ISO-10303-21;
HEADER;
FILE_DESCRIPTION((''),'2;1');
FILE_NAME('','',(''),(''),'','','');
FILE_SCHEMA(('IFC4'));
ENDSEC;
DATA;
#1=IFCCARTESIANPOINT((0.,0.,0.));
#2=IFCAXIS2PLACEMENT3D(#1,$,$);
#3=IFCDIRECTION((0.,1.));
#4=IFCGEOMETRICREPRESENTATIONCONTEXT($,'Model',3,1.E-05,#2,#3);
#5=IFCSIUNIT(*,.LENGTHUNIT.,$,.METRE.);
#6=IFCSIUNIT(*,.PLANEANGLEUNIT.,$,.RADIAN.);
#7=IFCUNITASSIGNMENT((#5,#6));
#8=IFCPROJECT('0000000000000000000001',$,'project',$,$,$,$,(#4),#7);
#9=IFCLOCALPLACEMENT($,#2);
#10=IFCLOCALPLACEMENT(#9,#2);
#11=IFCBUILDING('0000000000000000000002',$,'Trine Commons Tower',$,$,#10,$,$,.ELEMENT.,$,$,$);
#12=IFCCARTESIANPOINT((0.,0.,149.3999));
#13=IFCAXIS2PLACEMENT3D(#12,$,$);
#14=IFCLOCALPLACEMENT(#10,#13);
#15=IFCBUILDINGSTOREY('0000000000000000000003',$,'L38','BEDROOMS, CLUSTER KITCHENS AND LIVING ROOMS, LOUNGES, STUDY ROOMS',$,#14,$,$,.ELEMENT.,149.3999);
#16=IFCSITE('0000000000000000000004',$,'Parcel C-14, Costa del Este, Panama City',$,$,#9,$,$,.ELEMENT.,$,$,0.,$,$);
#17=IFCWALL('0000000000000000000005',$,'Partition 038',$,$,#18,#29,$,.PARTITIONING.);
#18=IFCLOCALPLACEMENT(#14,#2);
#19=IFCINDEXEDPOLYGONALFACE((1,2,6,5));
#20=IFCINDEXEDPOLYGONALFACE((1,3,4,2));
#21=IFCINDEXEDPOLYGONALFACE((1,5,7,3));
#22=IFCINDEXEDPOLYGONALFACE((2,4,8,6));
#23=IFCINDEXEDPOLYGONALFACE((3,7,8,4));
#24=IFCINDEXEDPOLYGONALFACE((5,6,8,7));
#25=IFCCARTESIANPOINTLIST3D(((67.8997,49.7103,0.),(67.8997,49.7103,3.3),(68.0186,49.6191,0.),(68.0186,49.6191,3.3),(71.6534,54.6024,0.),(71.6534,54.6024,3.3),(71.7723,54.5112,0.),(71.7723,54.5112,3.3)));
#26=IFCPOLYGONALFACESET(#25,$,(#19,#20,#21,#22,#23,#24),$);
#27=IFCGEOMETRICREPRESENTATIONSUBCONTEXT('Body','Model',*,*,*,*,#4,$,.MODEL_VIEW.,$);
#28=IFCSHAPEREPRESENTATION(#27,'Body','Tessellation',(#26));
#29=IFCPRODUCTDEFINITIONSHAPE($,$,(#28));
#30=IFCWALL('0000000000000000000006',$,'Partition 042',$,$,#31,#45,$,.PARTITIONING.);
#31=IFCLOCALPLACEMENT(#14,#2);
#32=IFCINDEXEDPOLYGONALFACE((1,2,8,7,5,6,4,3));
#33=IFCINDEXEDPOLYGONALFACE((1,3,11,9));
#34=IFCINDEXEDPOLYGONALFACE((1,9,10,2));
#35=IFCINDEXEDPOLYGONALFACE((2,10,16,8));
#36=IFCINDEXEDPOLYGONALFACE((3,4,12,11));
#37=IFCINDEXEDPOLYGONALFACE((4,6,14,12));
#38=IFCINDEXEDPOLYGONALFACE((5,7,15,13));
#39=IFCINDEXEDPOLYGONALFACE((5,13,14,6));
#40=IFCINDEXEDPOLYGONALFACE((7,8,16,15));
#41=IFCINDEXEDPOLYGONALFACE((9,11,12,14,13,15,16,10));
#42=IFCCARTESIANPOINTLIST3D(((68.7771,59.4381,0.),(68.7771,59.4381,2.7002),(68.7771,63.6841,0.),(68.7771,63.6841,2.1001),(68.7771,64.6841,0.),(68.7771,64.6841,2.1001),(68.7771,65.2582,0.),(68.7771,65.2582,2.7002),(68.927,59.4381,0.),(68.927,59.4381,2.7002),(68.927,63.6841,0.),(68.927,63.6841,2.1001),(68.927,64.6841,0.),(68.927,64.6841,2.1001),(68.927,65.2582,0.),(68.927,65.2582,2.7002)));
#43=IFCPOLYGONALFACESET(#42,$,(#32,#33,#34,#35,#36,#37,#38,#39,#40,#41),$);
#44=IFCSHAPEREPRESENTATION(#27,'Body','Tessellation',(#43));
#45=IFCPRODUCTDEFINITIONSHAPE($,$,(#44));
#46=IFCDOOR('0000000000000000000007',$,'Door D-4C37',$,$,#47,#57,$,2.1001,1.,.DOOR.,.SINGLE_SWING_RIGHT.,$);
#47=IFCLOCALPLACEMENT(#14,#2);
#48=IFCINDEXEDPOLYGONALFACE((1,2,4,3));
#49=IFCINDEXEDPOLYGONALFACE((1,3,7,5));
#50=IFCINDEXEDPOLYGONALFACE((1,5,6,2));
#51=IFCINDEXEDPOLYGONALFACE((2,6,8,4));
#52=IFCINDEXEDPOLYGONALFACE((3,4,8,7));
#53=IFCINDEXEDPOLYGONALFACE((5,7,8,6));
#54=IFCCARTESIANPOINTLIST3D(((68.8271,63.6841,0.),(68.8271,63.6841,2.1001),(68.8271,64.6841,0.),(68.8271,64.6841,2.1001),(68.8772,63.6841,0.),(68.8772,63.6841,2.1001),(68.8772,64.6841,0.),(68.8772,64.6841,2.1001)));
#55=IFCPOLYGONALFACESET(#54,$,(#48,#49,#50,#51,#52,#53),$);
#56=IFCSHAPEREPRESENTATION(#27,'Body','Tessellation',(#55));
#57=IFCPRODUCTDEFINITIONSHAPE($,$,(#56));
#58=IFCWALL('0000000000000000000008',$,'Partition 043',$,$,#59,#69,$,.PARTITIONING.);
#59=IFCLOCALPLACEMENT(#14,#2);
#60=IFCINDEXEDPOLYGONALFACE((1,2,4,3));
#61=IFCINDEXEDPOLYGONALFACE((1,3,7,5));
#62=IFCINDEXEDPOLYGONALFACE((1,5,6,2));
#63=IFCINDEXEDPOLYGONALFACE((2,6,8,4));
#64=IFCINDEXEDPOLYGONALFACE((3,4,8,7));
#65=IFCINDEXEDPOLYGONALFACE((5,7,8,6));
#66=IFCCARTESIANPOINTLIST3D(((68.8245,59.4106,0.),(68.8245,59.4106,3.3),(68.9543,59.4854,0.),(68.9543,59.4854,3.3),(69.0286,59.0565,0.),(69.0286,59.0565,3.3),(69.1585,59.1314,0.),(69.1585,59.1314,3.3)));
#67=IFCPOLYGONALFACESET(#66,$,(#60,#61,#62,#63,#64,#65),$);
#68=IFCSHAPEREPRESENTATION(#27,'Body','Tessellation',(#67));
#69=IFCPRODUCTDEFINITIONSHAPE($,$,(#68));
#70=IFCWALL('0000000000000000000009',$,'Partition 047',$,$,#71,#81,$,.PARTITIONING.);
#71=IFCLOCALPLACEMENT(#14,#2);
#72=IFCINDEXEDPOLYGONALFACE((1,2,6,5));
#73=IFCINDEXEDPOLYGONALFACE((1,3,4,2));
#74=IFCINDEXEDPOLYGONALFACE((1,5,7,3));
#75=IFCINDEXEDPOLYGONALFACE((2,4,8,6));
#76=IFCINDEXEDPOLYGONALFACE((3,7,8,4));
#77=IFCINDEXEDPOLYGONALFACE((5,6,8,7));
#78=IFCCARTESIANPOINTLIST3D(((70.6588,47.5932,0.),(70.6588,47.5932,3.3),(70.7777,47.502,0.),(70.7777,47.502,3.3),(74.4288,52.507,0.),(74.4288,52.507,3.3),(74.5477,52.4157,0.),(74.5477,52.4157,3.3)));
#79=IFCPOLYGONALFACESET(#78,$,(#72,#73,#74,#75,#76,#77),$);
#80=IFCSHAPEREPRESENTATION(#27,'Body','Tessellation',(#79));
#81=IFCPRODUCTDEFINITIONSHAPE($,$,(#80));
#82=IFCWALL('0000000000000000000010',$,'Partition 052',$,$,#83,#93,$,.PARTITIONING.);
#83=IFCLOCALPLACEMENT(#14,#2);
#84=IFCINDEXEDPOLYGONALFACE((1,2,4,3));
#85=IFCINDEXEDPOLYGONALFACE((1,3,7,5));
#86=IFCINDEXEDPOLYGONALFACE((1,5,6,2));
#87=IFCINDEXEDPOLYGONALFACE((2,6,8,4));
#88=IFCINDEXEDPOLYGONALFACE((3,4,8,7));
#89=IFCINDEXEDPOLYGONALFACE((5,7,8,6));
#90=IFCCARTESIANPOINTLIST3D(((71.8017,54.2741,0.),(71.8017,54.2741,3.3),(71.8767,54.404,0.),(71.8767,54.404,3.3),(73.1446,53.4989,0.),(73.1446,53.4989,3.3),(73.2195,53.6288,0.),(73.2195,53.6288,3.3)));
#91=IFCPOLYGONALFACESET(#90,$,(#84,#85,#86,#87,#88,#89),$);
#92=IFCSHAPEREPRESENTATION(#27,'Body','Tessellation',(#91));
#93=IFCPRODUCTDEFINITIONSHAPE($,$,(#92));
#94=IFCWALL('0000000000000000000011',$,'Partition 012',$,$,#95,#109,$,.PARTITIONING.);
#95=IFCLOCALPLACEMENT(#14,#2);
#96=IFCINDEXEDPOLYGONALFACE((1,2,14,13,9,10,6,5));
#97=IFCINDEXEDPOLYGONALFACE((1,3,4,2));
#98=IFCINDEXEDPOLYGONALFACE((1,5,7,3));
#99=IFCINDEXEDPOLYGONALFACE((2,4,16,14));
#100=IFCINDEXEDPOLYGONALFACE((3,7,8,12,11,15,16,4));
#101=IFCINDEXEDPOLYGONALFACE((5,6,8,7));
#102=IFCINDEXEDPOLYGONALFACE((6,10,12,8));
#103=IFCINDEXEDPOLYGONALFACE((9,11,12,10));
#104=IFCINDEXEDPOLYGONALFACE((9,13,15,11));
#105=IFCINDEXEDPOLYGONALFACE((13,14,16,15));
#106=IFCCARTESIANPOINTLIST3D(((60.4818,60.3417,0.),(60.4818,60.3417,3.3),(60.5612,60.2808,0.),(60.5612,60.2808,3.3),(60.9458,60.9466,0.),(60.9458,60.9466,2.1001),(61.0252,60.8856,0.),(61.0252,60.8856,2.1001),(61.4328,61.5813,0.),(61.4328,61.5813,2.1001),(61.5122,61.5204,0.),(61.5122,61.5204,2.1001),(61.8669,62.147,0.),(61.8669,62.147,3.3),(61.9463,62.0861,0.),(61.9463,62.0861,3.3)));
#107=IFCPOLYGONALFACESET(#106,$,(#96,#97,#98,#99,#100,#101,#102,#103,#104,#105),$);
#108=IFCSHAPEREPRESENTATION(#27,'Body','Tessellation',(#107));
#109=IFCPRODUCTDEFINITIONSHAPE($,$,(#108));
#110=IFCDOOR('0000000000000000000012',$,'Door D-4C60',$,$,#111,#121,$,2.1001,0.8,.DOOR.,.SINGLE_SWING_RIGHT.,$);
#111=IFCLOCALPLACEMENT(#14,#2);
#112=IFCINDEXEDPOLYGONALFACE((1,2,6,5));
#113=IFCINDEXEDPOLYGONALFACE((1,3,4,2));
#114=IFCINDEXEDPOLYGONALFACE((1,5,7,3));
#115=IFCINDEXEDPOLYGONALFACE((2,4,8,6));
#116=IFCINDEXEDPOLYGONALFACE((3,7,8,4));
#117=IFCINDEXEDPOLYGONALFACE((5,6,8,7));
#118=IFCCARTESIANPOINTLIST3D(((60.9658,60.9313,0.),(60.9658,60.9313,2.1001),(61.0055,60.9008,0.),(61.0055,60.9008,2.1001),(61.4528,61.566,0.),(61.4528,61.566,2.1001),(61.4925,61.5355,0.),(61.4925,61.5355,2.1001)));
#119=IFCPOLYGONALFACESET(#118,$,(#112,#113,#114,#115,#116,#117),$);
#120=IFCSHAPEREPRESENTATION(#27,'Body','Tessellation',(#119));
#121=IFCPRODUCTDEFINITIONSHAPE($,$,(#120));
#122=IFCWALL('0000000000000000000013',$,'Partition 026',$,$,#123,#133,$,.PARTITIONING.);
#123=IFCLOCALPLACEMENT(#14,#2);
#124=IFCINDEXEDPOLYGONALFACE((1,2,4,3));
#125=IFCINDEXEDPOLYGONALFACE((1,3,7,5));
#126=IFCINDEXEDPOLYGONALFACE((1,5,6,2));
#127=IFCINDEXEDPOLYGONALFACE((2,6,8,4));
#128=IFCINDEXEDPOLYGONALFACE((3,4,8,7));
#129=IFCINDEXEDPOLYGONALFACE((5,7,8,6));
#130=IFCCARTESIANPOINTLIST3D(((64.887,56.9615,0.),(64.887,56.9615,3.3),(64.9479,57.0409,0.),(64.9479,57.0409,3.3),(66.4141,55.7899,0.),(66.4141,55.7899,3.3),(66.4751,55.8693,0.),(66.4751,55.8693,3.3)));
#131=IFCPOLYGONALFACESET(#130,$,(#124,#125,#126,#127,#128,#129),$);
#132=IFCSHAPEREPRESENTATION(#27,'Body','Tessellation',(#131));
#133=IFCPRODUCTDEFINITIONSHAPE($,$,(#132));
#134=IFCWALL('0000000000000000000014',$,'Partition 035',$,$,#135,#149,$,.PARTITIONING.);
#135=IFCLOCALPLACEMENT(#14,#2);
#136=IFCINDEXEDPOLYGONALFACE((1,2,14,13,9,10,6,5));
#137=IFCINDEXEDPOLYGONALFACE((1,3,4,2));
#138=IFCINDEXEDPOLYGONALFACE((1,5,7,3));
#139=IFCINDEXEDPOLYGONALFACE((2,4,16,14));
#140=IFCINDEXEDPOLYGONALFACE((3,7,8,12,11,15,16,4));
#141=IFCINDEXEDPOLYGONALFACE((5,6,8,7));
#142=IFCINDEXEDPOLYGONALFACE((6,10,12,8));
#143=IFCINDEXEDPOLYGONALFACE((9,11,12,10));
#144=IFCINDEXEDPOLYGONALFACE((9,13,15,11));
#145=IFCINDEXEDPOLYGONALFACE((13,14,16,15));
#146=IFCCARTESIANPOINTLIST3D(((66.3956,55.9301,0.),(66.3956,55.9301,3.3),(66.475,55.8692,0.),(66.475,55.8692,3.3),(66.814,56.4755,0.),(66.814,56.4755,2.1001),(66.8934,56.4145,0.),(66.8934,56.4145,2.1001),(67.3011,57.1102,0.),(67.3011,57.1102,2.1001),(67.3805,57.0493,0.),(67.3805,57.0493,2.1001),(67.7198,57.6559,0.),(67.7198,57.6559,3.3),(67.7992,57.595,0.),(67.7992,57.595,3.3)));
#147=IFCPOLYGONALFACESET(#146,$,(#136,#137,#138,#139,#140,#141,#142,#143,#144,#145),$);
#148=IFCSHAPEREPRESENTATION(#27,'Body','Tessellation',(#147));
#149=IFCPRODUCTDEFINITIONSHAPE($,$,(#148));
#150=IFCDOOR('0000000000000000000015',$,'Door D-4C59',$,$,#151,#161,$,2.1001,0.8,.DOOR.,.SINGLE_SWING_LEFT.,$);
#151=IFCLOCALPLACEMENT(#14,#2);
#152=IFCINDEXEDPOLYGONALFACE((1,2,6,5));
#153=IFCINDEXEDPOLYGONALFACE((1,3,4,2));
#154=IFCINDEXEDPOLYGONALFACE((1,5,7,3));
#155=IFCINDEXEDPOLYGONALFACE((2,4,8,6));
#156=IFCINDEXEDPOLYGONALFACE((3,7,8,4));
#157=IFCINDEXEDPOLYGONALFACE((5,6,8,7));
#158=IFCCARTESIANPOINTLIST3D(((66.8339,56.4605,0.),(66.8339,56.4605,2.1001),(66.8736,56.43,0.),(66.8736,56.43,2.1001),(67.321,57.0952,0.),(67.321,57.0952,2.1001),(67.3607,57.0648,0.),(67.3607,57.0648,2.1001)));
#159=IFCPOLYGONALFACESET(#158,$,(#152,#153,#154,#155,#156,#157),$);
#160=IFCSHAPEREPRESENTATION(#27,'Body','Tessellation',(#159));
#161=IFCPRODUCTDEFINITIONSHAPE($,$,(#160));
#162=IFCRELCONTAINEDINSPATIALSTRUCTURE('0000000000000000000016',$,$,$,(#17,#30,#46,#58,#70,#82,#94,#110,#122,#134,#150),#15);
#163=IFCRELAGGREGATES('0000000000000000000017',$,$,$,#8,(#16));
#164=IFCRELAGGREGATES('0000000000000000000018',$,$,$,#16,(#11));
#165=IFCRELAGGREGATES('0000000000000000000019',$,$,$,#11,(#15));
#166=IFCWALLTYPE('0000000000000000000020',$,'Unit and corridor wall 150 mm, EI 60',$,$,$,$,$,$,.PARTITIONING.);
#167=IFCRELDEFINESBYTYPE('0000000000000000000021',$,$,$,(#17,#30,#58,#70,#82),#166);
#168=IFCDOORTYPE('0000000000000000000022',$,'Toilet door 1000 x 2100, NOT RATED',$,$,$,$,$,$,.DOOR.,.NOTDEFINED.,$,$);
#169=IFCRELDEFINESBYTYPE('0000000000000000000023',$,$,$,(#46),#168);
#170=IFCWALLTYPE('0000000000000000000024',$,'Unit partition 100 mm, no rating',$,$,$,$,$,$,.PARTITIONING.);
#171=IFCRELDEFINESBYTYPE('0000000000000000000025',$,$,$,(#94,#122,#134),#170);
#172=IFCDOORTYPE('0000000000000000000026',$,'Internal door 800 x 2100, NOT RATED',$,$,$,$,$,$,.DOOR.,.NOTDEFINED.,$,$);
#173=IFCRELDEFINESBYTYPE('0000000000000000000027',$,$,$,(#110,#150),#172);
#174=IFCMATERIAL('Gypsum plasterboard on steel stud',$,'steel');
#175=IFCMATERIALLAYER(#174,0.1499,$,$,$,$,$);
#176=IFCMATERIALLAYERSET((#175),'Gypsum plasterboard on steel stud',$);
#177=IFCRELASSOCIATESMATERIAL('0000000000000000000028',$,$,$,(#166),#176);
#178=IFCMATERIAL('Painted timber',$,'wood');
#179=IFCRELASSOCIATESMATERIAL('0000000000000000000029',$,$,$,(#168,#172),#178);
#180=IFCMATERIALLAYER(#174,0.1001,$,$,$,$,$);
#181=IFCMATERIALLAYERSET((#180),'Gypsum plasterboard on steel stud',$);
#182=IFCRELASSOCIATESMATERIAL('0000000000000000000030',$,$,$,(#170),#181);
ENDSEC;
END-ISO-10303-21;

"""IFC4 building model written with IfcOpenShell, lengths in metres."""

from ifc_helpers import new_model, si_unit, direction, frame, frame_2d, origin, place, context, subcontext, project, spatial, rectangle, extrude, material, layer, layer_set, type_object, element, fill, save


model = new_model("IFC4")

# Units and contexts
model_context = context("Model", 3, precision=1e-05, world=origin(), true_north=direction((0.0, 1.0)))
body_context = subcontext(model_context, "Body", "Model", "MODEL_VIEW")
ifc_project = project(units=[si_unit("LENGTHUNIT", "METRE"), si_unit("PLANEANGLEUNIT", "RADIAN")], contexts=[model_context])

# Site, building, storey
site_placement = place(None, origin())
site = spatial("IfcSite", under=ifc_project, at=site_placement, Name="Parcel C-14, Costa del Este, Panama City", CompositionType="ELEMENT", RefElevation=0.0)
building_placement = place(site_placement, origin())
building = spatial("IfcBuilding", under=site, at=building_placement, Name="Trine Commons Tower", CompositionType="ELEMENT")
storey_placement = place(building_placement, frame((0.0, 0.0, 149.3999)))
storey = spatial("IfcBuildingStorey", under=building, at=storey_placement, Name="L38", Description="BEDROOMS, CLUSTER KITCHENS AND LIVING ROOMS, LOUNGES, STUDY ROOMS", CompositionType="ELEMENT", Elevation=149.3999)

# Wall
ifc_material_1 = material(Name="Gypsum plasterboard on steel stud", Category="steel")
ifc_layer_1 = layer(ifc_material_1, 0.1499)
ifc_layer_set_1 = layer_set([ifc_layer_1], Name="Gypsum plasterboard on steel stud")
wall_type_1 = type_object("IfcWallType", Name="Unit and corridor wall 150 mm, EI 60", PredefinedType="PARTITIONING", material=ifc_layer_set_1)
wall_1_placement = place(storey_placement, frame((67.9592, 49.6648, 0.0), z_axis=(0.0, 0.0, 1.0), x_axis=(0.608744, 0.793367, 0.0)))
element("IfcWall", 1, at=wall_1_placement, inside=storey, type_object=wall_type_1, Name="Partition 038", PredefinedType="PARTITIONING", context=body_context, shape_type="SweptSolid", body=[
    extrude(rectangle(XDim=6.1663, YDim=0.1499, at=frame_2d((3.083, 0.0))), origin(), (0.0, 0.0, 1.0), 3.3),
])

# Wall, opening, door
wall_2_placement = place(storey_placement, frame((68.8521, 59.438, 0.0), z_axis=(0.0, 0.0, 1.0), x_axis=(0.0, 1.0, 0.0)))
wall_2 = element("IfcWall", 2, at=wall_2_placement, inside=storey, type_object=wall_type_1, Name="Partition 042", PredefinedType="PARTITIONING", context=body_context, shape_type="SweptSolid", body=[
    extrude(rectangle(XDim=5.8201, YDim=0.1499, at=frame_2d((2.9102, 0.0))), origin(), (0.0, 0.0, 1.0), 2.7002),
])
opening_1_placement = place(wall_2_placement, frame((4.2461, 0.0, 0.0)))
opening_1 = element("IfcOpeningElement", 3, at=opening_1_placement, cuts=wall_2, PredefinedType="OPENING", context=body_context, shape_type="SweptSolid", body=[
    extrude(rectangle(XDim=1.0, YDim=2.1001, at=frame_2d((0.5, 1.05))), frame((0.0, 0.085, 0.0), z_axis=(0.0, -1.0, 0.0), x_axis=(1.0, 0.0, 0.0)), (0.0, 0.0, 1.0), 0.1699),
])
ifc_material_2 = material(Name="Painted timber", Category="wood")
door_type_1 = type_object("IfcDoorType", Name="Toilet door 1000 x 2100, NOT RATED", OperationType="NOTDEFINED", PredefinedType="DOOR", material=ifc_material_2)
door_1_placement = place(opening_1_placement, origin())
door_1 = element("IfcDoor", 4, at=door_1_placement, inside=storey, type_object=door_type_1, Name="Door D-4C37", OperationType="SINGLE_SWING_RIGHT", OverallHeight=2.1001, OverallWidth=1.0, PredefinedType="DOOR", context=body_context, shape_type="SweptSolid", body=[
    extrude(rectangle(XDim=1.0, YDim=2.1001, at=frame_2d((0.5, 1.05))), frame((0.0, 0.0249, 0.0), z_axis=(0.0, -1.0, 0.0), x_axis=(1.0, 0.0, 0.0)), (0.0, 0.0, 1.0), 0.05),
])
fill(opening_1, door_1)

# Walls
wall_3_placement = place(storey_placement, frame((68.8894, 59.448, 0.0), z_axis=(0.0, 0.0, 1.0), x_axis=(0.499481, -0.866325, 0.0)))
element("IfcWall", 5, at=wall_3_placement, inside=storey, type_object=wall_type_1, Name="Partition 043", PredefinedType="PARTITIONING", context=body_context, shape_type="SweptSolid", body=[
    extrude(rectangle(XDim=0.4087, YDim=0.1499, at=frame_2d((0.2043, 0.0))), origin(), (0.0, 0.0, 1.0), 3.3),
])
wall_4_placement = place(storey_placement, frame((70.7183, 47.5476, 0.0), z_axis=(0.0, 0.0, 1.0), x_axis=(0.608712, 0.793391, 0.0)))
element("IfcWall", 6, at=wall_4_placement, inside=storey, type_object=wall_type_1, Name="Partition 047", PredefinedType="PARTITIONING", context=body_context, shape_type="SweptSolid", body=[
    extrude(rectangle(XDim=6.1934, YDim=0.1499, at=frame_2d((3.0967, 0.0))), origin(), (0.0, 0.0, 1.0), 3.3),
])
wall_5_placement = place(storey_placement, frame((71.8391, 54.3391, 0.0), z_axis=(0.0, 0.0, 1.0), x_axis=(0.866054, -0.49995, 0.0)))
element("IfcWall", 7, at=wall_5_placement, inside=storey, type_object=wall_type_1, Name="Partition 052", PredefinedType="PARTITIONING", context=body_context, shape_type="SweptSolid", body=[
    extrude(rectangle(XDim=1.5505, YDim=0.1499, at=frame_2d((0.7754, 0.0))), origin(), (0.0, 0.0, 1.0), 3.3),
])

# Wall, opening, door
ifc_layer_2 = layer(ifc_material_1, 0.1001)
ifc_layer_set_2 = layer_set([ifc_layer_2], Name="Gypsum plasterboard on steel stud")
wall_type_2 = type_object("IfcWallType", Name="Unit partition 100 mm, no rating", PredefinedType="PARTITIONING", material=ifc_layer_set_2)
wall_6_placement = place(storey_placement, frame((60.5215, 60.3113, 0.0), z_axis=(0.0, 0.0, 1.0), x_axis=(0.60872, 0.793385, 0.0)))
wall_6 = element("IfcWall", 8, at=wall_6_placement, inside=storey, type_object=wall_type_2, Name="Partition 012", PredefinedType="PARTITIONING", context=body_context, shape_type="SweptSolid", body=[
    extrude(rectangle(XDim=2.2754, YDim=0.1001, at=frame_2d((1.1377, 0.0))), origin(), (0.0, 0.0, 1.0), 3.3),
])
opening_2_placement = place(wall_6_placement, frame((0.7625, 0.0, 0.0)))
opening_2 = element("IfcOpeningElement", 9, at=opening_2_placement, cuts=wall_6, PredefinedType="OPENING", context=body_context, shape_type="SweptSolid", body=[
    extrude(rectangle(XDim=0.8, YDim=2.1001, at=frame_2d((0.3999, 1.05))), frame((0.0, 0.0601, 0.0), z_axis=(0.0, -1.0, 0.0), x_axis=(1.0, 0.0, 0.0)), (0.0, 0.0, 1.0), 0.1201),
])
door_type_2 = type_object("IfcDoorType", Name="Internal door 800 x 2100, NOT RATED", OperationType="NOTDEFINED", PredefinedType="DOOR", material=ifc_material_2)
door_2_placement = place(opening_2_placement, origin())
door_2 = element("IfcDoor", 10, at=door_2_placement, inside=storey, type_object=door_type_2, Name="Door D-4C60", OperationType="SINGLE_SWING_RIGHT", OverallHeight=2.1001, OverallWidth=0.8, PredefinedType="DOOR", context=body_context, shape_type="SweptSolid", body=[
    extrude(rectangle(XDim=0.8, YDim=2.1001, at=frame_2d((0.3999, 1.05))), frame((0.0, 0.0249, 0.0), z_axis=(0.0, -1.0, 0.0), x_axis=(1.0, 0.0, 0.0)), (0.0, 0.0, 1.0), 0.05),
])
fill(opening_2, door_2)

# Wall
wall_7_placement = place(storey_placement, frame((64.9175, 57.0012, 0.0), z_axis=(0.0, 0.0, 1.0), x_axis=(0.793392, -0.608711, 0.0)))
element("IfcWall", 11, at=wall_7_placement, inside=storey, type_object=wall_type_2, Name="Partition 026", PredefinedType="PARTITIONING", context=body_context, shape_type="SweptSolid", body=[
    extrude(rectangle(XDim=1.9248, YDim=0.1001, at=frame_2d((0.9624, 0.0))), origin(), (0.0, 0.0, 1.0), 3.3),
])

# Wall, opening, door
wall_8_placement = place(storey_placement, frame((66.4353, 55.8997, 0.0), z_axis=(0.0, 0.0, 1.0), x_axis=(0.608745, 0.793366, 0.0)))
wall_8 = element("IfcWall", 12, at=wall_8_placement, inside=storey, type_object=wall_type_2, Name="Partition 035", PredefinedType="PARTITIONING", context=body_context, shape_type="SweptSolid", body=[
    extrude(rectangle(XDim=2.1753, YDim=0.1001, at=frame_2d((1.0876, 0.0))), origin(), (0.0, 0.0, 1.0), 3.3),
])
opening_3_placement = place(wall_8_placement, frame((0.6875, 0.0, 0.0)))
opening_3 = element("IfcOpeningElement", 13, at=opening_3_placement, cuts=wall_8, PredefinedType="OPENING", context=body_context, shape_type="SweptSolid", body=[
    extrude(rectangle(XDim=0.8, YDim=2.1001, at=frame_2d((0.3999, 1.05))), frame((0.0, 0.0601, 0.0), z_axis=(0.0, -1.0, 0.0), x_axis=(1.0, 0.0, 0.0)), (0.0, 0.0, 1.0), 0.1201),
])
door_3_placement = place(opening_3_placement, frame((0.8, 0.0, 0.0), z_axis=(0.0, 0.0, 1.0), x_axis=(-1.0, 0.0, 0.0)))
door_3 = element("IfcDoor", 14, at=door_3_placement, inside=storey, type_object=door_type_2, Name="Door D-4C59", OperationType="SINGLE_SWING_LEFT", OverallHeight=2.1001, OverallWidth=0.8, PredefinedType="DOOR", context=body_context, shape_type="SweptSolid", body=[
    extrude(rectangle(XDim=0.8, YDim=2.1001, at=frame_2d((0.3999, 1.05))), frame((0.0, 0.0249, 0.0), z_axis=(0.0, -1.0, 0.0), x_axis=(1.0, 0.0, 0.0)), (0.0, 0.0, 1.0), 0.05),
])
fill(opening_3, door_3)

save(model, "model.ifc")
